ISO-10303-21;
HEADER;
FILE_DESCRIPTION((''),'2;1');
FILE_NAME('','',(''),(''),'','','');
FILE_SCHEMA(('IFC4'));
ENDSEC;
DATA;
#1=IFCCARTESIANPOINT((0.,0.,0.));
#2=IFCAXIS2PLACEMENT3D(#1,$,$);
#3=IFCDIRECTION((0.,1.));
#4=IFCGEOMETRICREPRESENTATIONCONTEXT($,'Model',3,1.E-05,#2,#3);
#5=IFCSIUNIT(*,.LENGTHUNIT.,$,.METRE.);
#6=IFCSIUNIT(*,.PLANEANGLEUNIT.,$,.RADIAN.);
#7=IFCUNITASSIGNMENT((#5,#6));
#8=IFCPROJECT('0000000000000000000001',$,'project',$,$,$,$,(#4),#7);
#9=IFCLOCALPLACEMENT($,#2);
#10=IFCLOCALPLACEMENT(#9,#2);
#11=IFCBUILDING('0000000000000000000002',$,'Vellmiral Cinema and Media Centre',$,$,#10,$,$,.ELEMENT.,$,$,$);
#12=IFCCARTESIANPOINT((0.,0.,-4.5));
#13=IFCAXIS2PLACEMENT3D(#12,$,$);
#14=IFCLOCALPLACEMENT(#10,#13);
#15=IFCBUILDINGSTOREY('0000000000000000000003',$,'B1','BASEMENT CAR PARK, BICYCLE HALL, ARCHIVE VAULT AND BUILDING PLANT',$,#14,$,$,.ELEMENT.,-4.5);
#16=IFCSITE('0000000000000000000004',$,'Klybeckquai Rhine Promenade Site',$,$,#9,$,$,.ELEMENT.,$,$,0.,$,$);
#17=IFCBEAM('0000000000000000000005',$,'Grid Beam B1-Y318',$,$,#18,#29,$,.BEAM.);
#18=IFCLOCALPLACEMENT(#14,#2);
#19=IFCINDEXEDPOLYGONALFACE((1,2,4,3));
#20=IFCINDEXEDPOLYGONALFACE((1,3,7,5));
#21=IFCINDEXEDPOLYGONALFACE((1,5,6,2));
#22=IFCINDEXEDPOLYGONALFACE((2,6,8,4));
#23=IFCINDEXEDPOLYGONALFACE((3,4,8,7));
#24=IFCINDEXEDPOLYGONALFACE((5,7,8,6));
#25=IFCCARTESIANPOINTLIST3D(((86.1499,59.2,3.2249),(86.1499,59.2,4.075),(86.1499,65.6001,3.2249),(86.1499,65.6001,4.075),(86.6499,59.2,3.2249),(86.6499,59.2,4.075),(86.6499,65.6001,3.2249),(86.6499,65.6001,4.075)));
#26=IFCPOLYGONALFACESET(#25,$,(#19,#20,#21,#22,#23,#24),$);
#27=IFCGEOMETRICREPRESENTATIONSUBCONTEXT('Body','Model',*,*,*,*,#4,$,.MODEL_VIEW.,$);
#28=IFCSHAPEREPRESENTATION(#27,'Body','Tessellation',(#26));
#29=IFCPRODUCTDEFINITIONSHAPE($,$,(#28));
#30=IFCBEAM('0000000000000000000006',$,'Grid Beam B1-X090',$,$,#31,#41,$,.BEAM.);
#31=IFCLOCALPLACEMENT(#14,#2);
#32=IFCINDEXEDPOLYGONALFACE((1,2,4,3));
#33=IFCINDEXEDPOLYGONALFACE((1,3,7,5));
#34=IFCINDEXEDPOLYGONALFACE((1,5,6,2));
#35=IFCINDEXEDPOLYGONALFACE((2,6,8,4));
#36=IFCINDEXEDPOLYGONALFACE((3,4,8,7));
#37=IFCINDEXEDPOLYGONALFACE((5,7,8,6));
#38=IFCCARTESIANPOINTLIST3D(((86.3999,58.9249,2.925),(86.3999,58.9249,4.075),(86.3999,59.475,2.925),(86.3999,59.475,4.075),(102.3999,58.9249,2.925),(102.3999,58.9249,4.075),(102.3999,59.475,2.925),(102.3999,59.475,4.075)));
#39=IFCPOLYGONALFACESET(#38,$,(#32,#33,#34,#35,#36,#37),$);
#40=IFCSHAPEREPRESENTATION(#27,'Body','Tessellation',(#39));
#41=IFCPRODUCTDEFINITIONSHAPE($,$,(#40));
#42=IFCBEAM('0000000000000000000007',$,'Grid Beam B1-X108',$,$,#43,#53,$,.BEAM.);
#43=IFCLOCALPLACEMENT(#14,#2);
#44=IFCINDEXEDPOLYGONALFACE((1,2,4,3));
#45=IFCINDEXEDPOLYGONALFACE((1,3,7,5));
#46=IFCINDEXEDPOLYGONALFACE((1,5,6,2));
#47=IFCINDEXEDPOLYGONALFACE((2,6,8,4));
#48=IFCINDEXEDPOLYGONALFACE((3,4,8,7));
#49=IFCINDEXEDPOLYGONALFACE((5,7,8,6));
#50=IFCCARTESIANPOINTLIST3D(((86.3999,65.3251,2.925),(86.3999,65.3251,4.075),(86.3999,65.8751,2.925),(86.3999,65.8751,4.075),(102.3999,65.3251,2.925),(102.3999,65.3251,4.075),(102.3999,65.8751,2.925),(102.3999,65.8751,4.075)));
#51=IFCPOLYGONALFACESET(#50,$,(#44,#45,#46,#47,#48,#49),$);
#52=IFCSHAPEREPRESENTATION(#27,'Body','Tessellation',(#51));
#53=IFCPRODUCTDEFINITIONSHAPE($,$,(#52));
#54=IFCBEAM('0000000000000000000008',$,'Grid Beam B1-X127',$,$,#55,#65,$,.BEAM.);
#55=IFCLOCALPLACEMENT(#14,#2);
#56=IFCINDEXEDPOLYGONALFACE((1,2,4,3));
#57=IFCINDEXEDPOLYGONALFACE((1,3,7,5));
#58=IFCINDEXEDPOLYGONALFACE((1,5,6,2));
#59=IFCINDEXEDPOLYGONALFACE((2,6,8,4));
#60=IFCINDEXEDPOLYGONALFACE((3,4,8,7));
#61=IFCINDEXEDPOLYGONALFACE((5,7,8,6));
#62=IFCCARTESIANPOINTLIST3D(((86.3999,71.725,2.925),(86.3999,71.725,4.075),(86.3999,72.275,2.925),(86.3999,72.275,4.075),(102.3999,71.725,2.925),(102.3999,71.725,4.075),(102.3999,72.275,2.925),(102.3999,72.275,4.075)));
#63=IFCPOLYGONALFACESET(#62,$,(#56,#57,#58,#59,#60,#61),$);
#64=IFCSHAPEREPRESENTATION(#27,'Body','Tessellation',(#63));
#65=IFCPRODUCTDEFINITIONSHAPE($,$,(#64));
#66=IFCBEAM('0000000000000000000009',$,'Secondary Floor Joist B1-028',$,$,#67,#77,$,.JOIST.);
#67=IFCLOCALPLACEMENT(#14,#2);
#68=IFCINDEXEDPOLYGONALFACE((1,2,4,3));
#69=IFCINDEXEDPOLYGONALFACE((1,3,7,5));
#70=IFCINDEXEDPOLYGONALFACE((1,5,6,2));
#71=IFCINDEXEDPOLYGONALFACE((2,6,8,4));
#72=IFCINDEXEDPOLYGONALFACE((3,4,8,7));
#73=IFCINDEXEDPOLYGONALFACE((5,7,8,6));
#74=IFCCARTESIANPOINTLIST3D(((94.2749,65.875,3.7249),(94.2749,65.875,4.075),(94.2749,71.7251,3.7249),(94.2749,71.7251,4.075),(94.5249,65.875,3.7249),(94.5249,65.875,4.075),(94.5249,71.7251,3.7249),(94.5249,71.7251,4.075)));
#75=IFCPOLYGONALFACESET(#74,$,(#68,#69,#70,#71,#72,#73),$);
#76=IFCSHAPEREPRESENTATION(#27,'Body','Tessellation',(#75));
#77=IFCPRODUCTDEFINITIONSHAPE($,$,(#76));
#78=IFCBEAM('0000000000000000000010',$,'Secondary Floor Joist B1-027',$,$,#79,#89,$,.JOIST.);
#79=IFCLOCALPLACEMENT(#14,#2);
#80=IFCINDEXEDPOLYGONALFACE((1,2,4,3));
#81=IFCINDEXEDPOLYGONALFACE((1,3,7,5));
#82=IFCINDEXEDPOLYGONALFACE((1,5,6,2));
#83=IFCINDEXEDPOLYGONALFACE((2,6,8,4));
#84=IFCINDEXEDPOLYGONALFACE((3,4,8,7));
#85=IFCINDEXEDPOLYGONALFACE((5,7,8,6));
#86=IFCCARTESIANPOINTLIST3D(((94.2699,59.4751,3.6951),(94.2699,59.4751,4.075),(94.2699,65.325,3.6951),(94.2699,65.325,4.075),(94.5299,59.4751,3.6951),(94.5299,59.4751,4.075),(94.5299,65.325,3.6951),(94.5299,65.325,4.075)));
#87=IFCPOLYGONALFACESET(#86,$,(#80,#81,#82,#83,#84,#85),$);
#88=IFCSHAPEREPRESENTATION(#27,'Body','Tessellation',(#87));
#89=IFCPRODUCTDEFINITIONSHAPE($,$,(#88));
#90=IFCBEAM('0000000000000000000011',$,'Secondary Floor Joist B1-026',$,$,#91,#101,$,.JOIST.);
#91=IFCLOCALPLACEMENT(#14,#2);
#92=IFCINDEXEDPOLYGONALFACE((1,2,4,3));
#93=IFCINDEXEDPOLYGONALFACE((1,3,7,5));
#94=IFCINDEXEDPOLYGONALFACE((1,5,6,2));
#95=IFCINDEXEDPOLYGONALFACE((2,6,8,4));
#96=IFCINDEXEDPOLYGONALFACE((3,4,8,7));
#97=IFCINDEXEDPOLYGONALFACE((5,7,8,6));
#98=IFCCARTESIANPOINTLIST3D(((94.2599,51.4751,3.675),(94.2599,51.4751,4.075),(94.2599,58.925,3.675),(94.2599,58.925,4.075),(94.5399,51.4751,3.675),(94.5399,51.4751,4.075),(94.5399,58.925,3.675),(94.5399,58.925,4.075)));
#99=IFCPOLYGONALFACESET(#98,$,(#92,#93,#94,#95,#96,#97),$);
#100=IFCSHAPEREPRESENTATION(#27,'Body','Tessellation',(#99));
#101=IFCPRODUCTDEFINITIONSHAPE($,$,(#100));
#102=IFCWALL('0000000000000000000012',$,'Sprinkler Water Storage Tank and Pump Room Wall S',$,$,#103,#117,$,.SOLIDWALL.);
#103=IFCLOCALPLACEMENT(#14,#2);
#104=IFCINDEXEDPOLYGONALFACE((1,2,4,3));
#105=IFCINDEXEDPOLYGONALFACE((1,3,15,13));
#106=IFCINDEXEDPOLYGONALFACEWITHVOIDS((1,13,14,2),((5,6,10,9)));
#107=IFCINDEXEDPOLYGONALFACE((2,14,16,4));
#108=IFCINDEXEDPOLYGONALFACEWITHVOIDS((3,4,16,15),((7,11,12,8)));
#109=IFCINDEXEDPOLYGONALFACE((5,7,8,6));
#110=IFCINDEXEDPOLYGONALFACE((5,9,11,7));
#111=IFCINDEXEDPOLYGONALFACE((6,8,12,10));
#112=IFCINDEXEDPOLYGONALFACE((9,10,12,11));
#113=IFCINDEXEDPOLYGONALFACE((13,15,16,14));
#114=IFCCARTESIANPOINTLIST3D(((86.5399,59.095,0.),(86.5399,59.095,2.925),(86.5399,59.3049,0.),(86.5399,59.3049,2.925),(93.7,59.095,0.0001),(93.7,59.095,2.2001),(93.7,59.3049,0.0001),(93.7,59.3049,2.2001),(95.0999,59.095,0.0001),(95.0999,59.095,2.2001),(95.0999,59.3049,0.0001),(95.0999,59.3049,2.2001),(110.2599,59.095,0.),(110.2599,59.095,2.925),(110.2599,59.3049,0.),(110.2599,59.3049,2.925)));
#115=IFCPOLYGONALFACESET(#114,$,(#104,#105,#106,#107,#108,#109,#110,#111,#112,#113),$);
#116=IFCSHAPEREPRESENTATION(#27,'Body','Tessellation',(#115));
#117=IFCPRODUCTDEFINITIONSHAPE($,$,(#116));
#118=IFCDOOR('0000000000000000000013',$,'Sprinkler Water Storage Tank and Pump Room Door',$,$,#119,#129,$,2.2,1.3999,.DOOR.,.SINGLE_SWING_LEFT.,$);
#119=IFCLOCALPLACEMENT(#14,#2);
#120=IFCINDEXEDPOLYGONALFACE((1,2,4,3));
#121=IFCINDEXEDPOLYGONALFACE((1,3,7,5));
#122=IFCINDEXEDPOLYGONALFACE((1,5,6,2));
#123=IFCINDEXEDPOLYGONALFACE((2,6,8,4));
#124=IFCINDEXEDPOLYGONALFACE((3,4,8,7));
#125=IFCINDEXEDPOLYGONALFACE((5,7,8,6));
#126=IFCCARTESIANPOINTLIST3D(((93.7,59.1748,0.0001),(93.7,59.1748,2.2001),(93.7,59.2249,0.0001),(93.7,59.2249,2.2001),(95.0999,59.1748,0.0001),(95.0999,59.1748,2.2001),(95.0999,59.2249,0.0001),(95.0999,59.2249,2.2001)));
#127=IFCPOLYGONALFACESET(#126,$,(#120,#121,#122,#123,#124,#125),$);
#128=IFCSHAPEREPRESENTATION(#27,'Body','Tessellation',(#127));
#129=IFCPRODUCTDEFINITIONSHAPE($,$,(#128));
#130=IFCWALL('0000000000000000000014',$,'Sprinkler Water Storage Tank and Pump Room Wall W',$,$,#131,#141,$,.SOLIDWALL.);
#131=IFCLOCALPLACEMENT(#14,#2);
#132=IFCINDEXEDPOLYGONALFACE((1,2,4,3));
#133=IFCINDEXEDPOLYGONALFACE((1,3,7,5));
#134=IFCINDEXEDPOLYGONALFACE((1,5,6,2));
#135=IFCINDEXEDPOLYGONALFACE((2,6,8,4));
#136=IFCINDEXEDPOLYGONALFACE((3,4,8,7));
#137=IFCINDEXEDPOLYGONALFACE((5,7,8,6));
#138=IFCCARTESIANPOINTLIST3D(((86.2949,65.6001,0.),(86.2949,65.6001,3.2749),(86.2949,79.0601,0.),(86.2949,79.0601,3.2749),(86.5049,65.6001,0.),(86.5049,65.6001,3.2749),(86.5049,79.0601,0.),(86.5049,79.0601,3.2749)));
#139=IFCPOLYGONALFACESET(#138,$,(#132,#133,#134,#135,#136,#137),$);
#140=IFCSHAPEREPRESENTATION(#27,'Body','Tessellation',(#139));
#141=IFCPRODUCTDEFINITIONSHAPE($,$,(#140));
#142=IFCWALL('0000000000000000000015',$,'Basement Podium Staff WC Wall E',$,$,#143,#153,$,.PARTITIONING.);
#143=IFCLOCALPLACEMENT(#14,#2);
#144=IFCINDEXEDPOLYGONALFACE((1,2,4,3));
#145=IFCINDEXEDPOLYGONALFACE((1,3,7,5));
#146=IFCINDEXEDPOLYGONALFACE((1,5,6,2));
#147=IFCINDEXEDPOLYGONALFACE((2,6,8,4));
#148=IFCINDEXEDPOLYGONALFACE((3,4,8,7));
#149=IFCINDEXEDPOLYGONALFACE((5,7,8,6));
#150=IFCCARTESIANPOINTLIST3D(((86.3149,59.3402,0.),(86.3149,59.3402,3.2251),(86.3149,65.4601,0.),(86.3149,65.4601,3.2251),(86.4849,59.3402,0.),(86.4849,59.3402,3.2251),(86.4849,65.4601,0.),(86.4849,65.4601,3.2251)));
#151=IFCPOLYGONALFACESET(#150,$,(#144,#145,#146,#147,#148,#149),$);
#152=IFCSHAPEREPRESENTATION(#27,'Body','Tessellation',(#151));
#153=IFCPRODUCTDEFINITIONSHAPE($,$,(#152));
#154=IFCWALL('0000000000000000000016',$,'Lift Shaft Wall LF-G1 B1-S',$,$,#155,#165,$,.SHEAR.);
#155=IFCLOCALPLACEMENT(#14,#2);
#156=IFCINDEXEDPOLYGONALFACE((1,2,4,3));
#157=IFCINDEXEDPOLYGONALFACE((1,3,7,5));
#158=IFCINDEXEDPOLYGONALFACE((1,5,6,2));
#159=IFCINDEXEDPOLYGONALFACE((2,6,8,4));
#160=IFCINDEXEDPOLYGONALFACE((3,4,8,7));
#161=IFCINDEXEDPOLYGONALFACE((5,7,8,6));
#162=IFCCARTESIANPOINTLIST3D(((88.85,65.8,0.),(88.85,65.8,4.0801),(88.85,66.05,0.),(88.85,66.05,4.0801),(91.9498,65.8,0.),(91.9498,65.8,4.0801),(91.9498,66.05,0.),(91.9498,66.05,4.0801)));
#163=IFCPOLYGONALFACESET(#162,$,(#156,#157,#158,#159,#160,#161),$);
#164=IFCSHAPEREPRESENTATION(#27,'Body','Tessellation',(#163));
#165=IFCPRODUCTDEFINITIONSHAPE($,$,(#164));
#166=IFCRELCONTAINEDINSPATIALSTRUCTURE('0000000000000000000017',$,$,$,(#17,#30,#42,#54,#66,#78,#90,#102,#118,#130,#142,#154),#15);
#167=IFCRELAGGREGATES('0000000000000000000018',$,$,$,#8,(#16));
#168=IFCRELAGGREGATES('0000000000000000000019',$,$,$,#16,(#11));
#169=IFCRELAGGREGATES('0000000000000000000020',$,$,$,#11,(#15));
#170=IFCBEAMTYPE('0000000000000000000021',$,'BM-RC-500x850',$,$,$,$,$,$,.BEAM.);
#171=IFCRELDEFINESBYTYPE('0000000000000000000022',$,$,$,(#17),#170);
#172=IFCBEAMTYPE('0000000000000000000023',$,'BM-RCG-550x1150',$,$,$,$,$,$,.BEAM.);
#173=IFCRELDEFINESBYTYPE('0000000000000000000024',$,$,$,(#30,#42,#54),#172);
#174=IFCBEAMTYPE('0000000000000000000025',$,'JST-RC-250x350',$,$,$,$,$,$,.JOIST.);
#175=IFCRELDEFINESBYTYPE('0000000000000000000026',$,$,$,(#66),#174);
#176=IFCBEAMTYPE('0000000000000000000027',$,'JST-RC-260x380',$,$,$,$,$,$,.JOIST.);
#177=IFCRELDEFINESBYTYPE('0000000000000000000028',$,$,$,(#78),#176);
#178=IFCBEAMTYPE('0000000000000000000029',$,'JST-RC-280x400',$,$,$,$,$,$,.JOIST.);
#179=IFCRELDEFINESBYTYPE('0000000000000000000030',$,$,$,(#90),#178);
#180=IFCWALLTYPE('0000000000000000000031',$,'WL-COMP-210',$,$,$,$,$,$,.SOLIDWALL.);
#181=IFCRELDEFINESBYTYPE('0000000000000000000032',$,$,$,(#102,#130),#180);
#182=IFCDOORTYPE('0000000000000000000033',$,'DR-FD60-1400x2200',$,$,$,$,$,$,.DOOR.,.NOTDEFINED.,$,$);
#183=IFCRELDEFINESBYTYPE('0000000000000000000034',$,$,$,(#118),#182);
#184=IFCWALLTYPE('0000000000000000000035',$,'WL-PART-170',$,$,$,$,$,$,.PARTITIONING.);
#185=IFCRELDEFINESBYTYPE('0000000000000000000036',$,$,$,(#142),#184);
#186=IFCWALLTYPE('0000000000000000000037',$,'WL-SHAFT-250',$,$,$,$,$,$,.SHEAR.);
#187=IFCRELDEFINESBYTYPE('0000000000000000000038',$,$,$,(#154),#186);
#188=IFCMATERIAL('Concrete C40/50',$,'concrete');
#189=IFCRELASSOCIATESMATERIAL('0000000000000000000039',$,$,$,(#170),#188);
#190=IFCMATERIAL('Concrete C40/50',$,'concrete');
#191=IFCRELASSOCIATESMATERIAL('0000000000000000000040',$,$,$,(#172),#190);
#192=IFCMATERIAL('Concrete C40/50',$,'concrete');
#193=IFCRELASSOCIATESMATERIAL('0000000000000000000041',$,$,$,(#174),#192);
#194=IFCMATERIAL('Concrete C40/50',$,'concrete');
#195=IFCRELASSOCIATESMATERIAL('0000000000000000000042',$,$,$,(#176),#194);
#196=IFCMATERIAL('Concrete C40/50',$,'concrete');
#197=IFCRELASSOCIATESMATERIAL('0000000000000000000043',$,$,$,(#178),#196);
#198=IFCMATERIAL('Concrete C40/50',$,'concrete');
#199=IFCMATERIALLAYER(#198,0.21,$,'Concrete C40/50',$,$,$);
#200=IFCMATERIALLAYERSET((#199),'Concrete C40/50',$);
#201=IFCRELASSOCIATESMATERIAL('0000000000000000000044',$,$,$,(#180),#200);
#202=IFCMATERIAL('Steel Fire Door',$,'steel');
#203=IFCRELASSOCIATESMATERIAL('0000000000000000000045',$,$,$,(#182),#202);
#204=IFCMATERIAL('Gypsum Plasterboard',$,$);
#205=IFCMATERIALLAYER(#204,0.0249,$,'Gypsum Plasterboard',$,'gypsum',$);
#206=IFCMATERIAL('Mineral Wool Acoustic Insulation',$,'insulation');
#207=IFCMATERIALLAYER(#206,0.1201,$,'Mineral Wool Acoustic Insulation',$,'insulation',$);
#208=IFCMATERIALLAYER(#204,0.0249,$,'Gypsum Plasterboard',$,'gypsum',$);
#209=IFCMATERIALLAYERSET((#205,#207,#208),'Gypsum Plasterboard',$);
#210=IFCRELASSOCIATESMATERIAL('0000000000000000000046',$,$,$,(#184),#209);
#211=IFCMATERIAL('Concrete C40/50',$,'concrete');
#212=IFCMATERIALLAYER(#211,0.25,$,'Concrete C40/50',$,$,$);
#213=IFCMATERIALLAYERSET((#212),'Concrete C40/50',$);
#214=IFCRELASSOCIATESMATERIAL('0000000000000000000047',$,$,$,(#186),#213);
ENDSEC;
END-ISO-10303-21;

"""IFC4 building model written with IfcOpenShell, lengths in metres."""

from ifc_helpers import new_model, si_unit, direction, frame, frame_2d, origin, origin_2d, place, context, subcontext, project, spatial, rectangle, extrude, material, layer, layer_set, material_profile, profile_set, type_object, element, fill, save


model = new_model("IFC4")

# Units and contexts
model_context = context("Model", 3, precision=1e-05, world=origin(), true_north=direction((0.0, 1.0)))
body_context = subcontext(model_context, "Body", "Model", "MODEL_VIEW")
ifc_project = project(units=[si_unit("LENGTHUNIT", "METRE"), si_unit("PLANEANGLEUNIT", "RADIAN")], contexts=[model_context])

# Site, building, storey
site_placement = place(None, origin())
site = spatial("IfcSite", under=ifc_project, at=site_placement, Name="Klybeckquai Rhine Promenade Site", CompositionType="ELEMENT", RefElevation=0.0)
building_placement = place(site_placement, origin())
building = spatial("IfcBuilding", under=site, at=building_placement, Name="Vellmiral Cinema and Media Centre", CompositionType="ELEMENT")
storey_placement = place(building_placement, frame((0.0, 0.0, -4.5)))
storey = spatial("IfcBuildingStorey", under=building, at=storey_placement, Name="B1", Description="BASEMENT CAR PARK, BICYCLE HALL, ARCHIVE VAULT AND BUILDING PLANT", CompositionType="ELEMENT", Elevation=-4.5)

# Beams
ifc_material_1 = material(Name="Concrete C40/50", Category="concrete")
ifc_material_profile_1 = material_profile(ifc_material_1, rectangle(XDim=0.5, YDim=0.8501, at=origin_2d()), Name="RC 500x850")
ifc_profile_set_1 = profile_set([ifc_material_profile_1], Name="Concrete C40/50")
beam_type_1 = type_object("IfcBeamType", Name="BM-RC-500x850", PredefinedType="BEAM", material=ifc_profile_set_1)
beam_1_placement = place(storey_placement, frame((86.3999, 59.2, 3.6499), z_axis=(0.0, 1.0, 0.0), x_axis=(-1.0, 0.0, 0.0)))
element("IfcBeam", 1, at=beam_1_placement, inside=storey, type_object=beam_type_1, Name="Grid Beam B1-Y318", PredefinedType="BEAM", context=body_context, shape_type="SweptSolid", body=[
    extrude(rectangle(XDim=0.5, YDim=0.8501, at=origin_2d()), origin(), (0.0, 0.0, 1.0), 6.4001),
])
ifc_material_2 = material(Name="Concrete C40/50", Category="concrete")
ifc_material_profile_2 = material_profile(ifc_material_2, rectangle(XDim=0.55, YDim=1.1499, at=origin_2d()), Name="RC 550x1150")
ifc_profile_set_2 = profile_set([ifc_material_profile_2], Name="Concrete C40/50")
beam_type_2 = type_object("IfcBeamType", Name="BM-RCG-550x1150", PredefinedType="BEAM", material=ifc_profile_set_2)
for number, where, z_axis, x_axis, name in (
    (2, (86.3999, 59.2, 3.5), (1.0, 0.0, 0.0), (0.0, 1.0, 0.0), "Grid Beam B1-X090"),
    (3, (86.3999, 65.6001, 3.5), (1.0, 0.0, 0.0), (0.0, 1.0, 0.0), "Grid Beam B1-X108"),
    (4, (86.3999, 72.0, 3.5), (1.0, 0.0, 0.0), (0.0, 1.0, 0.0), "Grid Beam B1-X127"),
):
    element("IfcBeam", number, at=place(storey_placement, frame(where, z_axis=z_axis, x_axis=x_axis)), inside=storey, type_object=beam_type_2, Name=name, PredefinedType="BEAM", context=body_context, shape_type="SweptSolid", body=[
        extrude(rectangle(XDim=0.55, YDim=1.1499, at=origin_2d()), origin(), (0.0, 0.0, 1.0), 16.0),
    ])
ifc_material_3 = material(Name="Concrete C40/50", Category="concrete")
ifc_material_profile_3 = material_profile(ifc_material_3, rectangle(XDim=0.25, YDim=0.3501, at=origin_2d()), Name="RC 250x350")
ifc_profile_set_3 = profile_set([ifc_material_profile_3], Name="Concrete C40/50")
beam_type_3 = type_object("IfcBeamType", Name="JST-RC-250x350", PredefinedType="JOIST", material=ifc_profile_set_3)
beam_2_placement = place(storey_placement, frame((94.3999, 65.875, 3.8999), z_axis=(0.0, 1.0, 0.0), x_axis=(-1.0, 0.0, 0.0)))
element("IfcBeam", 5, at=beam_2_placement, inside=storey, type_object=beam_type_3, Name="Secondary Floor Joist B1-028", PredefinedType="JOIST", context=body_context, shape_type="SweptSolid", body=[
    extrude(rectangle(XDim=0.25, YDim=0.3501, at=origin_2d()), origin(), (0.0, 0.0, 1.0), 5.8501),
])
ifc_material_4 = material(Name="Concrete C40/50", Category="concrete")
ifc_material_profile_4 = material_profile(ifc_material_4, rectangle(XDim=0.26, YDim=0.3799, at=origin_2d()), Name="RC 260x380")
ifc_profile_set_4 = profile_set([ifc_material_profile_4], Name="Concrete C40/50")
beam_type_4 = type_object("IfcBeamType", Name="JST-RC-260x380", PredefinedType="JOIST", material=ifc_profile_set_4)
beam_3_placement = place(storey_placement, frame((94.3999, 59.4751, 3.885), z_axis=(0.0, 1.0, 0.0), x_axis=(-1.0, 0.0, 0.0)))
element("IfcBeam", 6, at=beam_3_placement, inside=storey, type_object=beam_type_4, Name="Secondary Floor Joist B1-027", PredefinedType="JOIST", context=body_context, shape_type="SweptSolid", body=[
    extrude(rectangle(XDim=0.26, YDim=0.3799, at=origin_2d()), origin(), (0.0, 0.0, 1.0), 5.8499),
])
ifc_material_5 = material(Name="Concrete C40/50", Category="concrete")
ifc_material_profile_5 = material_profile(ifc_material_5, rectangle(XDim=0.28, YDim=0.3999, at=origin_2d()), Name="RC 280x400")
ifc_profile_set_5 = profile_set([ifc_material_profile_5], Name="Concrete C40/50")
beam_type_5 = type_object("IfcBeamType", Name="JST-RC-280x400", PredefinedType="JOIST", material=ifc_profile_set_5)
beam_4_placement = place(storey_placement, frame((94.3999, 51.4751, 3.875), z_axis=(0.0, 1.0, 0.0), x_axis=(-1.0, 0.0, 0.0)))
element("IfcBeam", 7, at=beam_4_placement, inside=storey, type_object=beam_type_5, Name="Secondary Floor Joist B1-026", PredefinedType="JOIST", context=body_context, shape_type="SweptSolid", body=[
    extrude(rectangle(XDim=0.28, YDim=0.3999, at=origin_2d()), origin(), (0.0, 0.0, 1.0), 7.45),
])

# Wall, opening, door
ifc_material_6 = material(Name="Concrete C40/50", Category="concrete")
ifc_layer_1 = layer(ifc_material_6, 0.21, Name="Concrete C40/50")
ifc_layer_set_1 = layer_set([ifc_layer_1], Name="Concrete C40/50")
wall_type_1 = type_object("IfcWallType", Name="WL-COMP-210", PredefinedType="SOLIDWALL", material=ifc_layer_set_1)
wall_1_placement = place(storey_placement, frame((86.54, 59.2, 0.0), z_axis=(0.0, 0.0, 1.0), x_axis=(1.0, 0.0, 0.0)))
wall_1 = element("IfcWall", 8, at=wall_1_placement, inside=storey, type_object=wall_type_1, Name="Sprinkler Water Storage Tank and Pump Room Wall S", PredefinedType="SOLIDWALL", context=body_context, shape_type="SweptSolid", body=[
    extrude(rectangle(XDim=23.72, YDim=0.21, at=frame_2d((11.8599, 0.0))), origin(), (0.0, 0.0, 1.0), 2.925),
])
opening_1_placement = place(wall_1_placement, frame((7.1599, 0.0, 0.0)))
opening_1 = element("IfcOpeningElement", 9, at=opening_1_placement, cuts=wall_1, PredefinedType="OPENING", context=body_context, shape_type="SweptSolid", body=[
    extrude(rectangle(XDim=1.3999, YDim=2.2, at=frame_2d((0.7, 1.1001))), frame((0.0, 0.1169, 0.0), z_axis=(0.0, -1.0, 0.0), x_axis=(1.0, 0.0, 0.0)), (0.0, 0.0, 1.0), 0.2339),
])
ifc_material_7 = material(Name="Steel Fire Door", Category="steel")
door_type_1 = type_object("IfcDoorType", Name="DR-FD60-1400x2200", OperationType="NOTDEFINED", PredefinedType="DOOR", material=ifc_material_7)
door_1_placement = place(opening_1_placement, origin())
door_1 = element("IfcDoor", 10, at=door_1_placement, inside=storey, type_object=door_type_1, Name="Sprinkler Water Storage Tank and Pump Room Door", OperationType="SINGLE_SWING_LEFT", OverallHeight=2.2, OverallWidth=1.3999, PredefinedType="DOOR", context=body_context, shape_type="SweptSolid", body=[
    extrude(rectangle(XDim=1.3999, YDim=2.2, at=frame_2d((0.7, 1.1001))), frame((0.0, 0.0249, 0.0), z_axis=(0.0, -1.0, 0.0), x_axis=(1.0, 0.0, 0.0)), (0.0, 0.0, 1.0), 0.05),
])
fill(opening_1, door_1)

# Walls
wall_2_placement = place(storey_placement, frame((86.3999, 65.6001, 0.0), z_axis=(0.0, 0.0, 1.0), x_axis=(0.0, 1.0, 0.0)))
element("IfcWall", 11, at=wall_2_placement, inside=storey, type_object=wall_type_1, Name="Sprinkler Water Storage Tank and Pump Room Wall W", PredefinedType="SOLIDWALL", context=body_context, shape_type="SweptSolid", body=[
    extrude(rectangle(XDim=13.46, YDim=0.21, at=frame_2d((6.73, 0.0))), origin(), (0.0, 0.0, 1.0), 3.2749),
])
ifc_material_8 = material(Name="Gypsum Plasterboard")
ifc_layer_2 = layer(ifc_material_8, 0.0249, Name="Gypsum Plasterboard", Category="gypsum")
ifc_material_9 = material(Name="Mineral Wool Acoustic Insulation", Category="insulation")
ifc_layer_3 = layer(ifc_material_9, 0.1201, Name="Mineral Wool Acoustic Insulation", Category="insulation")
ifc_layer_4 = layer(ifc_material_8, 0.0249, Name="Gypsum Plasterboard", Category="gypsum")
ifc_layer_set_2 = layer_set([ifc_layer_2, ifc_layer_3, ifc_layer_4], Name="Gypsum Plasterboard")
wall_type_2 = type_object("IfcWallType", Name="WL-PART-170", PredefinedType="PARTITIONING", material=ifc_layer_set_2)
wall_3_placement = place(storey_placement, frame((86.3999, 59.3401, 0.0), z_axis=(0.0, 0.0, 1.0), x_axis=(0.0, 1.0, 0.0)))
element("IfcWall", 12, at=wall_3_placement, inside=storey, type_object=wall_type_2, Name="Basement Podium Staff WC Wall E", PredefinedType="PARTITIONING", context=body_context, shape_type="SweptSolid", body=[
    extrude(rectangle(XDim=6.1199, YDim=0.1699, at=frame_2d((3.0601, 0.0))), origin(), (0.0, 0.0, 1.0), 3.2251),
])
ifc_material_10 = material(Name="Concrete C40/50", Category="concrete")
ifc_layer_5 = layer(ifc_material_10, 0.25, Name="Concrete C40/50")
ifc_layer_set_3 = layer_set([ifc_layer_5], Name="Concrete C40/50")
wall_type_3 = type_object("IfcWallType", Name="WL-SHAFT-250", PredefinedType="SHEAR", material=ifc_layer_set_3)
wall_4_placement = place(storey_placement, frame((88.8501, 65.925, 0.0), z_axis=(0.0, 0.0, 1.0), x_axis=(1.0, 0.0, 0.0)))
element("IfcWall", 13, at=wall_4_placement, inside=storey, type_object=wall_type_3, Name="Lift Shaft Wall LF-G1 B1-S", PredefinedType="SHEAR", context=body_context, shape_type="SweptSolid", body=[
    extrude(rectangle(XDim=3.0999, YDim=0.25, at=frame_2d((1.5498, 0.0))), origin(), (0.0, 0.0, 1.0), 4.0801),
])

save(model, "model.ifc")
